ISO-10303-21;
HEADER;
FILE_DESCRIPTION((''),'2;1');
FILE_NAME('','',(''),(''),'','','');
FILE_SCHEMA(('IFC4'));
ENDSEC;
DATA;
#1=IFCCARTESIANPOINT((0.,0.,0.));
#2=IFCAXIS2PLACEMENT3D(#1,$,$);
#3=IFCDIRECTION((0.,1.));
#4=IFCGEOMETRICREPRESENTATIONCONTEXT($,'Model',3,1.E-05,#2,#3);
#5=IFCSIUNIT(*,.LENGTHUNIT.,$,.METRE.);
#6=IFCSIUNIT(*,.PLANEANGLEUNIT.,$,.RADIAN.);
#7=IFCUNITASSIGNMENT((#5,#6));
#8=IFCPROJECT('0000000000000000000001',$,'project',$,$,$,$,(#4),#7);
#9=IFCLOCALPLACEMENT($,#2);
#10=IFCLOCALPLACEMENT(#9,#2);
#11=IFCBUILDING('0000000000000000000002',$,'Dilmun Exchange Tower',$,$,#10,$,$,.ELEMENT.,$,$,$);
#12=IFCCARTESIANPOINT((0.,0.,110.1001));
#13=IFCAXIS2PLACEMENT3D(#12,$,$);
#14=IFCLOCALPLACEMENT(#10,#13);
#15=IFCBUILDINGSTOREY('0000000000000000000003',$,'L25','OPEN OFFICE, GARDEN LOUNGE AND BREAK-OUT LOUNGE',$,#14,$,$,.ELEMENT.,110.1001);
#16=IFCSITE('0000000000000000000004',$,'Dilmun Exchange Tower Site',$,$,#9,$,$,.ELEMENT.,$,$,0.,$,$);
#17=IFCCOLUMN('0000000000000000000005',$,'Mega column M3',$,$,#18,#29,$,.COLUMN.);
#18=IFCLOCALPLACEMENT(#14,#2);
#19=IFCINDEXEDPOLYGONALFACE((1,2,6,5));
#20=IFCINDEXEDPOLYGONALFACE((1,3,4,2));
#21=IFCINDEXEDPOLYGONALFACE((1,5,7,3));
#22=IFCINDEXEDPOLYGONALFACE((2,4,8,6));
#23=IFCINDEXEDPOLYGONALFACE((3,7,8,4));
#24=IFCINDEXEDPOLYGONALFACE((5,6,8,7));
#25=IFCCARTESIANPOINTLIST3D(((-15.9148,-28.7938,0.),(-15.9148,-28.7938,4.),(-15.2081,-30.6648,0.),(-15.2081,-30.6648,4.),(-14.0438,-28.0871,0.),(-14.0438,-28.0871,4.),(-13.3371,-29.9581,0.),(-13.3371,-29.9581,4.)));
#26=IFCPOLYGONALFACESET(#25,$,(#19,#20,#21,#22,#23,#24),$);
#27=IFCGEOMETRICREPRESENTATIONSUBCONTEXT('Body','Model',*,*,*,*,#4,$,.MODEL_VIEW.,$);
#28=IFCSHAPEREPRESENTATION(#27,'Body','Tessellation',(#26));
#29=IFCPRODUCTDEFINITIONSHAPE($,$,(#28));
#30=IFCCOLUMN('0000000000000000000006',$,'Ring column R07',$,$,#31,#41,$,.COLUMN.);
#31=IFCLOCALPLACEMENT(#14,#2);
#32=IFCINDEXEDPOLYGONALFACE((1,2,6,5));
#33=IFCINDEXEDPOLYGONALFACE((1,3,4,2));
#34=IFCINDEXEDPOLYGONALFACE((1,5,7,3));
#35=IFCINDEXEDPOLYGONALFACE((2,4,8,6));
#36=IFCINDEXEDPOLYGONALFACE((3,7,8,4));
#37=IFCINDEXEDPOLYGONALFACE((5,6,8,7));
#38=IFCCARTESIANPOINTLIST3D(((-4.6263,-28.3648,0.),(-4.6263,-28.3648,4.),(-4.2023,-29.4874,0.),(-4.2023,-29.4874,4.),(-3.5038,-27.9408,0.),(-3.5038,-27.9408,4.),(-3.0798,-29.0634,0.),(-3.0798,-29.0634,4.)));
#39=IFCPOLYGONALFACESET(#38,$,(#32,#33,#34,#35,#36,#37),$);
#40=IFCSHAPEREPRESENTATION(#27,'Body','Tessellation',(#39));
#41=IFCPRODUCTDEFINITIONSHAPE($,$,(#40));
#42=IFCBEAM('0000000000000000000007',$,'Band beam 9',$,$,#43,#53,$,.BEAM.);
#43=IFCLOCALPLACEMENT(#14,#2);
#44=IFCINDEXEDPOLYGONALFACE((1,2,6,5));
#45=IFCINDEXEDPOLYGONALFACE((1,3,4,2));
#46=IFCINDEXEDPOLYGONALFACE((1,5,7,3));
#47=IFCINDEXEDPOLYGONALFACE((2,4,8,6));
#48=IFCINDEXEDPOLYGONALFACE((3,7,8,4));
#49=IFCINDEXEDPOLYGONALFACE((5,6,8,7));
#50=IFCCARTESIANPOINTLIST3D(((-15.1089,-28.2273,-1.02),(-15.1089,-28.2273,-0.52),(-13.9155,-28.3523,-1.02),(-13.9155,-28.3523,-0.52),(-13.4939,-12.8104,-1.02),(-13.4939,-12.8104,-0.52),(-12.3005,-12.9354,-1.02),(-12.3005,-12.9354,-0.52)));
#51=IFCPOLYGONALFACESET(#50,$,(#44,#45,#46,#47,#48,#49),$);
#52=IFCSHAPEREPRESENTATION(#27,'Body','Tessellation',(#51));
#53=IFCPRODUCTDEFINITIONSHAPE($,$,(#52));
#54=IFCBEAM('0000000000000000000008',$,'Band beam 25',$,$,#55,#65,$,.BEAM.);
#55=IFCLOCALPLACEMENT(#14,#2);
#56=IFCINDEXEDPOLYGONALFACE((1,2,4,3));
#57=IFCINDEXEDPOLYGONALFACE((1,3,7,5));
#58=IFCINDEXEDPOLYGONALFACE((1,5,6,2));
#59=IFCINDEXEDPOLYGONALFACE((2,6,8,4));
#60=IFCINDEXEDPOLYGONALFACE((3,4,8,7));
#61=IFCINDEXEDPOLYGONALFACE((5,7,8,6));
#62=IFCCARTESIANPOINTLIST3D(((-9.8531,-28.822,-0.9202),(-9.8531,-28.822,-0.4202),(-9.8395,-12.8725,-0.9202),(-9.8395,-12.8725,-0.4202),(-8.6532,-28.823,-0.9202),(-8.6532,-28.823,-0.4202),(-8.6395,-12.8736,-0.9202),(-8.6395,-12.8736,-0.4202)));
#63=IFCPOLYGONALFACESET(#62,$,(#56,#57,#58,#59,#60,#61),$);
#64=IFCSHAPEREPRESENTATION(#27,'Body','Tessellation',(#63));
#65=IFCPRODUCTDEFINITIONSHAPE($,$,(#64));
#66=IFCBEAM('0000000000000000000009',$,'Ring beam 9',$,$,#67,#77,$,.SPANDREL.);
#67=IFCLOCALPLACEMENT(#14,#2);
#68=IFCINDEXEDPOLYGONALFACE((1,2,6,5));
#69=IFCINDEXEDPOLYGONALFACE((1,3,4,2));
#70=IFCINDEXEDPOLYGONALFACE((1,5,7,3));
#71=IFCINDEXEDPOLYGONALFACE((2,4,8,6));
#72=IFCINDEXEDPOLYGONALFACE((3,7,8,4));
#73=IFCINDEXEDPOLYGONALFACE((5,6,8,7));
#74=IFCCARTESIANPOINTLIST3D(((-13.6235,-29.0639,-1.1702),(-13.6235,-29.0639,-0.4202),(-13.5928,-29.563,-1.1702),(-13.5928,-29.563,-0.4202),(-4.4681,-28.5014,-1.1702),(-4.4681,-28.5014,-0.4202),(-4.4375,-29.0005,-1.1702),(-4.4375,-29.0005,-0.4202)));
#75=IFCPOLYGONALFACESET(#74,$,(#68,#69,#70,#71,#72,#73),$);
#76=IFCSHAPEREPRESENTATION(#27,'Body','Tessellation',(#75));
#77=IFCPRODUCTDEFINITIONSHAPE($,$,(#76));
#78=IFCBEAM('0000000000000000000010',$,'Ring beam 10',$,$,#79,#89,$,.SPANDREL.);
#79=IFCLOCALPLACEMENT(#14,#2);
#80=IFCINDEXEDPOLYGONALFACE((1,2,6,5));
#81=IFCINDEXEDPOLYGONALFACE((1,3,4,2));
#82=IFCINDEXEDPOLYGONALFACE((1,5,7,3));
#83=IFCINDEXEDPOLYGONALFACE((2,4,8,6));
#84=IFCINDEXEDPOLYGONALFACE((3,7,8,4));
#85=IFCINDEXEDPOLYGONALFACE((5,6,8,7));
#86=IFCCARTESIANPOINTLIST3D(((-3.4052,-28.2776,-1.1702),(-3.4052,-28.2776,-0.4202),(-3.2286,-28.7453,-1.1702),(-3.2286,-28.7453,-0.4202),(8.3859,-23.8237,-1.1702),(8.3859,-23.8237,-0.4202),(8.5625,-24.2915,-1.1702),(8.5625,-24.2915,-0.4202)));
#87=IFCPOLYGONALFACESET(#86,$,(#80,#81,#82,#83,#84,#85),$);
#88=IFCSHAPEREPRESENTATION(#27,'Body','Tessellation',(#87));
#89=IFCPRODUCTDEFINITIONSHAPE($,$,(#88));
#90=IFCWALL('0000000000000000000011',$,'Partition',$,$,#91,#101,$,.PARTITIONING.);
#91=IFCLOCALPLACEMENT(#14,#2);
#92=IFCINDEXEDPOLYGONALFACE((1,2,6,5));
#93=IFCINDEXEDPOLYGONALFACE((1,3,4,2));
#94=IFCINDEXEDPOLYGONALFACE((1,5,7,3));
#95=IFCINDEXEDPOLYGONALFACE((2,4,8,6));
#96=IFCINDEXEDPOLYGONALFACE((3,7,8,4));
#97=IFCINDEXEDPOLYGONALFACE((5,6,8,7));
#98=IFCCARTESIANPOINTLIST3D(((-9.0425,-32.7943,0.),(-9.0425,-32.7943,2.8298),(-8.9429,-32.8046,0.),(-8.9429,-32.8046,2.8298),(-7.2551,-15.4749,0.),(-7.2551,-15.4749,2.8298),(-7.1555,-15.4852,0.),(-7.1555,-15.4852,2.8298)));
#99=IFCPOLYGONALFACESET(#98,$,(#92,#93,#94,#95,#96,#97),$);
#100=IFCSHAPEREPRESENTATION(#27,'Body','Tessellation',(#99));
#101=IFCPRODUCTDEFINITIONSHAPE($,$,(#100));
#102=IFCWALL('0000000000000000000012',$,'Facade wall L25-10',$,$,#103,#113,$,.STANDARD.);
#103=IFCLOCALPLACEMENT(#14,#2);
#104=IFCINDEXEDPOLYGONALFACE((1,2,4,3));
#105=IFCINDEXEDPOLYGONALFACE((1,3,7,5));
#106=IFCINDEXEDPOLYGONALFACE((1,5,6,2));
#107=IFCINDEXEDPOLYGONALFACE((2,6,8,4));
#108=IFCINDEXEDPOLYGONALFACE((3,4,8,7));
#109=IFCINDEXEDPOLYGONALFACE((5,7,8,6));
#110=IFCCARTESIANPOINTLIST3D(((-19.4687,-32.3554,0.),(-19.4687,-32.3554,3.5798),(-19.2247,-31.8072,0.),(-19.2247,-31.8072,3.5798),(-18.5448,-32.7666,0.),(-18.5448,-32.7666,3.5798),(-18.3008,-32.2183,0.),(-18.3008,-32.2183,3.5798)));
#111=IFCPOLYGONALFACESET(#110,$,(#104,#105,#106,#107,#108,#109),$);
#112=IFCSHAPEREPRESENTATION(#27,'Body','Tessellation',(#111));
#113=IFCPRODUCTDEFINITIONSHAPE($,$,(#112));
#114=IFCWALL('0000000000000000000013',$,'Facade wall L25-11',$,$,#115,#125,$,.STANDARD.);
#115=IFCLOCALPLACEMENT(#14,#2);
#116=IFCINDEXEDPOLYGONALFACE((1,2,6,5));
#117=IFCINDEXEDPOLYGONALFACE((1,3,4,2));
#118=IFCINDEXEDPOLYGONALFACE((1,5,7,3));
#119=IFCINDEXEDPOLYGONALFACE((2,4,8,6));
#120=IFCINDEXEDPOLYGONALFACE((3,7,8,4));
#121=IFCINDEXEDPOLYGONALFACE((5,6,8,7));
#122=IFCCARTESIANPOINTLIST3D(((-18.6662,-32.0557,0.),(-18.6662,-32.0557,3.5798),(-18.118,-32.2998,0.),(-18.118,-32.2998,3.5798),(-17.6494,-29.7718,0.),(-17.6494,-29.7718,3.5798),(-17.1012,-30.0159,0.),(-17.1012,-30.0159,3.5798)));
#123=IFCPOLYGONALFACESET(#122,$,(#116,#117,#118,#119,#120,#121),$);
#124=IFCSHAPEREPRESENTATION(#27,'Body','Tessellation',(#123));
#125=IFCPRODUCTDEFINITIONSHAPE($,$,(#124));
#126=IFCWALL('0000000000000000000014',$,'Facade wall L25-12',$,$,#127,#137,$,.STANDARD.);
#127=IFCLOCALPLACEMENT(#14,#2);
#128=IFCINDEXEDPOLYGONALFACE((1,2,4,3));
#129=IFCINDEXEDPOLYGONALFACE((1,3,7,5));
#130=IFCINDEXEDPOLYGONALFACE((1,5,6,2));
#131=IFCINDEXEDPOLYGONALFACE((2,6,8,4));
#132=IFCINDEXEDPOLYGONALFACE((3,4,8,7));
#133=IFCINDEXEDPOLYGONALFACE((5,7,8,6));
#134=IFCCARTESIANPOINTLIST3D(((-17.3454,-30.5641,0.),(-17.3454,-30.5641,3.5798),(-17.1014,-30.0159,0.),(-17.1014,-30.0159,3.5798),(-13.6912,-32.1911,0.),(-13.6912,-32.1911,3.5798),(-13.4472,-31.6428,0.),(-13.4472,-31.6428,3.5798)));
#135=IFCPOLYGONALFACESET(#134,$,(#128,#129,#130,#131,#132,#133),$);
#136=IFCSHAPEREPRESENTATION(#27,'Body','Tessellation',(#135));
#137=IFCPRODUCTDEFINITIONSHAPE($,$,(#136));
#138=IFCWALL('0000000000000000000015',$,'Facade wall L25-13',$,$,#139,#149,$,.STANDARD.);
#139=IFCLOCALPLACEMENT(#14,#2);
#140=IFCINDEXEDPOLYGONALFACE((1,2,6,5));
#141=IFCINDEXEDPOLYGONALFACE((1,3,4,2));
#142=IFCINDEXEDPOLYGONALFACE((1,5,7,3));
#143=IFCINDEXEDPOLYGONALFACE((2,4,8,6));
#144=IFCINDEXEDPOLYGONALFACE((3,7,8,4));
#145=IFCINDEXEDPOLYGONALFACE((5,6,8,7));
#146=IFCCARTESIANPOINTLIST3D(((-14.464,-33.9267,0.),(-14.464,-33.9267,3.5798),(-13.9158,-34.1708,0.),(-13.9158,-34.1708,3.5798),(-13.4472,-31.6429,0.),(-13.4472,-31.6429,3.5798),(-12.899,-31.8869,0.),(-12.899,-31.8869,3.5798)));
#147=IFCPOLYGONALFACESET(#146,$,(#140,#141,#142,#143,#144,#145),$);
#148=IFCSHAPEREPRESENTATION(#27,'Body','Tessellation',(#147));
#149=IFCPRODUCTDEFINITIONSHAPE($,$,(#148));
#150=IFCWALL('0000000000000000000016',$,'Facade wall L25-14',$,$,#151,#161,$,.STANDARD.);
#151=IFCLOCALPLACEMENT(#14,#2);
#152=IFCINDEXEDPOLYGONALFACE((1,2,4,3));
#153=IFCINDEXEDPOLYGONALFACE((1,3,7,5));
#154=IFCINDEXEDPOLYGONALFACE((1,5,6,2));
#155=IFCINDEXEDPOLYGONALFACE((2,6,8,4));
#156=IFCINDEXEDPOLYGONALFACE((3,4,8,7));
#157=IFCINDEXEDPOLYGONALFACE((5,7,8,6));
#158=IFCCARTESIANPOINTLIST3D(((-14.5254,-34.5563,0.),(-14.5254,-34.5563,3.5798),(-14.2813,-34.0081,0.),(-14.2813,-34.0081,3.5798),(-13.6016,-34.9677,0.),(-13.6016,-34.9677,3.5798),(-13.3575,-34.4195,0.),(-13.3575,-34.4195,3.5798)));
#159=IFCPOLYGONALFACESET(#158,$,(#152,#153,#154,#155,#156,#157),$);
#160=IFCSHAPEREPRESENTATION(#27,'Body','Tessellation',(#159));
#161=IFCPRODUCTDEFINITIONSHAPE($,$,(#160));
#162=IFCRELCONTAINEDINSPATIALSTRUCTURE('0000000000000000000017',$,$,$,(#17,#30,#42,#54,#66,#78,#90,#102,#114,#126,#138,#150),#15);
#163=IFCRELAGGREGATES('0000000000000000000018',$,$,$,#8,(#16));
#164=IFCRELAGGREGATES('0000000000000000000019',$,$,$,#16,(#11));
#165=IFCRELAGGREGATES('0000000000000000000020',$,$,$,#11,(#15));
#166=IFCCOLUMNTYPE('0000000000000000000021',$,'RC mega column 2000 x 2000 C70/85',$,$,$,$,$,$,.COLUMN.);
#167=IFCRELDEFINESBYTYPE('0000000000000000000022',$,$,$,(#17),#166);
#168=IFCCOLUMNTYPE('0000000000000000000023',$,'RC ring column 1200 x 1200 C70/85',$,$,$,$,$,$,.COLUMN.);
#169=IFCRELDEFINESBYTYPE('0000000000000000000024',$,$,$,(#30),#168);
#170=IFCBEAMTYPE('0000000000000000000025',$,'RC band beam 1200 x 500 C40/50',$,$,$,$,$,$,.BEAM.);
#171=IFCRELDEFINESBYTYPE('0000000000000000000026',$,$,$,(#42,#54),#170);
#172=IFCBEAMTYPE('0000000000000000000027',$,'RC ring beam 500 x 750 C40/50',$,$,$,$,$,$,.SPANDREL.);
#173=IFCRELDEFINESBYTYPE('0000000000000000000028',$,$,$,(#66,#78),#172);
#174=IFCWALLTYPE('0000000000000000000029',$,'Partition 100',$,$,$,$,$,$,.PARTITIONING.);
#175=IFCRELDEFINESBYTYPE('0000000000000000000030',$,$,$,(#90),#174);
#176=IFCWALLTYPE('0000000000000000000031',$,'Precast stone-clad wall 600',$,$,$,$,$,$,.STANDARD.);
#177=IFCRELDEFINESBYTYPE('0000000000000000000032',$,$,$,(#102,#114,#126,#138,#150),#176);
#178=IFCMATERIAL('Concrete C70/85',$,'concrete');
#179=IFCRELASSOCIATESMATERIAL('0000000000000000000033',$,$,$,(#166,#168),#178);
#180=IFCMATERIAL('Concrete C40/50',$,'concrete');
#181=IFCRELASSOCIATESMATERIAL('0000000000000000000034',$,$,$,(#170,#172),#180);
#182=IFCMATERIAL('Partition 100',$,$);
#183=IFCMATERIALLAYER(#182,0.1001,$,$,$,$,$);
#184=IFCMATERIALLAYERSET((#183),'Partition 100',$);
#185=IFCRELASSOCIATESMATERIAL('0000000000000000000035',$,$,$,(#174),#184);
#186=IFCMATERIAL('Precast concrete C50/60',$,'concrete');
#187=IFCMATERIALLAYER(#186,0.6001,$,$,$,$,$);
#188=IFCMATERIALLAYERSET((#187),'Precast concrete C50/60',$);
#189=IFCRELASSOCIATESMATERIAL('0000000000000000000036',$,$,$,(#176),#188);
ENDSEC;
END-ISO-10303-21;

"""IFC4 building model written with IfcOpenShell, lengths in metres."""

from ifc_helpers import new_model, si_unit, direction, frame, frame_2d, origin, origin_2d, place, context, subcontext, project, spatial, rectangle, extrude, material, layer, layer_set, material_profile, profile_set, type_object, element, save


model = new_model("IFC4")

# Units and contexts
model_context = context("Model", 3, precision=1e-05, world=origin(), true_north=direction((0.0, 1.0)))
body_context = subcontext(model_context, "Body", "Model", "MODEL_VIEW")
ifc_project = project(units=[si_unit("LENGTHUNIT", "METRE"), si_unit("PLANEANGLEUNIT", "RADIAN")], contexts=[model_context])

# Site, building, storey
site_placement = place(None, origin())
site = spatial("IfcSite", under=ifc_project, at=site_placement, Name="Dilmun Exchange Tower Site", CompositionType="ELEMENT", RefElevation=0.0)
building_placement = place(site_placement, origin())
building = spatial("IfcBuilding", under=site, at=building_placement, Name="Dilmun Exchange Tower", CompositionType="ELEMENT")
storey_placement = place(building_placement, frame((0.0, 0.0, 110.1001)))
storey = spatial("IfcBuildingStorey", under=building, at=storey_placement, Name="L25", Description="OPEN OFFICE, GARDEN LOUNGE AND BREAK-OUT LOUNGE", CompositionType="ELEMENT", Elevation=110.1001)

# Columns
ifc_material_1 = material(Name="Concrete C70/85", Category="concrete")
ifc_material_profile_1 = material_profile(ifc_material_1, rectangle(XDim=2.0, YDim=2.0, at=origin_2d()), Name="2000 x 2000")
ifc_profile_set_1 = profile_set([ifc_material_profile_1], Name="Concrete C70/85")
column_type_1 = type_object("IfcColumnType", Name="RC mega column 2000 x 2000 C70/85", PredefinedType="COLUMN", material=ifc_profile_set_1)
column_1_placement = place(storey_placement, frame((-14.626, -29.376, 0.0), z_axis=(0.0, 0.0, 1.0), x_axis=(0.935492, 0.353349, 0.0)))
element("IfcColumn", 1, at=column_1_placement, inside=storey, type_object=column_type_1, Name="Mega column M3", PredefinedType="COLUMN", context=body_context, shape_type="SweptSolid", body=[
    extrude(rectangle(XDim=2.0, YDim=2.0, at=origin_2d()), origin(), (0.0, 0.0, 1.0), 4.0),
])
ifc_material_profile_2 = material_profile(ifc_material_1, rectangle(XDim=1.2, YDim=1.2, at=origin_2d()), Name="1200 x 1200")
ifc_profile_set_2 = profile_set([ifc_material_profile_2], Name="Concrete C70/85")
column_type_2 = type_object("IfcColumnType", Name="RC ring column 1200 x 1200 C70/85", PredefinedType="COLUMN", material=ifc_profile_set_2)
column_2_placement = place(storey_placement, frame((-3.853, -28.7141, 0.0), z_axis=(0.0, 0.0, 1.0), x_axis=(0.935492, 0.353349, 0.0)))
element("IfcColumn", 2, at=column_2_placement, inside=storey, type_object=column_type_2, Name="Ring column R07", PredefinedType="COLUMN", context=body_context, shape_type="SweptSolid", body=[
    extrude(rectangle(XDim=1.2, YDim=1.2, at=origin_2d()), origin(), (0.0, 0.0, 1.0), 4.0),
])

# Beams
ifc_material_2 = material(Name="Concrete C40/50", Category="concrete")
ifc_material_profile_3 = material_profile(ifc_material_2, rectangle(XDim=1.2, YDim=0.5, at=origin_2d()), Name="1200 x 500")
ifc_profile_set_3 = profile_set([ifc_material_profile_3], Name="Concrete C40/50")
beam_type_1 = type_object("IfcBeamType", Name="RC band beam 1200 x 500 C40/50", PredefinedType="BEAM", material=ifc_profile_set_3)
beam_1_placement = place(storey_placement, frame((-14.5122, -28.2898, -0.77), z_axis=(0.104185, 0.994558, 0.0), x_axis=(-0.994558, 0.104185, 0.0)))
element("IfcBeam", 3, at=beam_1_placement, inside=storey, type_object=beam_type_1, Name="Band beam 9", PredefinedType="BEAM", context=body_context, shape_type="SweptSolid", body=[
    extrude(rectangle(XDim=1.2, YDim=0.5, at=origin_2d()), origin(), (0.0, 0.0, 1.0), 15.5012),
])
beam_2_placement = place(storey_placement, frame((-9.2532, -28.8225, -0.6702), z_axis=(0.000857, 1.0, 0.0), x_axis=(-1.0, 0.000857, 0.0)))
element("IfcBeam", 4, at=beam_2_placement, inside=storey, type_object=beam_type_1, Name="Band beam 25", PredefinedType="BEAM", context=body_context, shape_type="SweptSolid", body=[
    extrude(rectangle(XDim=1.2, YDim=0.5, at=origin_2d()), origin(), (0.0, 0.0, 1.0), 15.9495),
])
ifc_material_profile_4 = material_profile(ifc_material_2, rectangle(XDim=0.5, YDim=0.75, at=origin_2d()), Name="500 x 750")
ifc_profile_set_4 = profile_set([ifc_material_profile_4], Name="Concrete C40/50")
beam_type_2 = type_object("IfcBeamType", Name="RC ring beam 500 x 750 C40/50", PredefinedType="SPANDREL", material=ifc_profile_set_4)
beam_3_placement = place(storey_placement, frame((-13.6082, -29.3135, -0.7952), z_axis=(0.998118, 0.061324, 0.0), x_axis=(-0.061324, 0.998118, 0.0)))
element("IfcBeam", 5, at=beam_3_placement, inside=storey, type_object=beam_type_2, Name="Ring beam 9", PredefinedType="SPANDREL", context=body_context, shape_type="SweptSolid", body=[
    extrude(rectangle(XDim=0.5, YDim=0.75, at=origin_2d()), origin(), (0.0, 0.0, 1.0), 9.1726),
])
beam_4_placement = place(storey_placement, frame((-3.3169, -28.5115, -0.7952), z_axis=(0.935486, 0.353364, 0.0), x_axis=(-0.353364, 0.935486, 0.0)))
element("IfcBeam", 6, at=beam_4_placement, inside=storey, type_object=beam_type_2, Name="Ring beam 10", PredefinedType="SPANDREL", context=body_context, shape_type="SweptSolid", body=[
    extrude(rectangle(XDim=0.5, YDim=0.75, at=origin_2d()), origin(), (0.0, 0.0, 1.0), 12.6042),
])

# Walls
ifc_material_3 = material(Name="Partition 100")
ifc_layer_1 = layer(ifc_material_3, 0.1001)
ifc_layer_set_1 = layer_set([ifc_layer_1], Name="Partition 100")
wall_type_1 = type_object("IfcWallType", Name="Partition 100", PredefinedType="PARTITIONING", material=ifc_layer_set_1)
wall_1_placement = place(storey_placement, frame((-8.9927, -32.7993, 0.0), z_axis=(0.0, 0.0, 1.0), x_axis=(0.102655, 0.994717, 0.0)))
element("IfcWall", 7, at=wall_1_placement, inside=storey, type_object=wall_type_1, Name="Partition", PredefinedType="PARTITIONING", context=body_context, shape_type="SweptSolid", body=[
    extrude(rectangle(XDim=17.4114, YDim=0.1001, at=frame_2d((8.7056, 0.0))), origin(), (0.0, 0.0, 1.0), 2.8298),
])
ifc_material_4 = material(Name="Precast concrete C50/60", Category="concrete")
ifc_layer_2 = layer(ifc_material_4, 0.6001)
ifc_layer_set_2 = layer_set([ifc_layer_2], Name="Precast concrete C50/60")
wall_type_2 = type_object("IfcWallType", Name="Precast stone-clad wall 600", PredefinedType="STANDARD", material=ifc_layer_set_2)
wall_2_placement = place(storey_placement, frame((-19.3467, -32.0813, 0.0), z_axis=(0.0, 0.0, 1.0), x_axis=(0.913612, -0.406586, 0.0)))
element("IfcWall", 8, at=wall_2_placement, inside=storey, type_object=wall_type_2, Name="Facade wall L25-10", PredefinedType="STANDARD", context=body_context, shape_type="SweptSolid", body=[
    extrude(rectangle(XDim=1.0112, YDim=0.6001, at=frame_2d((0.5056, 0.0))), origin(), (0.0, 0.0, 1.0), 3.5798),
])
wall_3_placement = place(storey_placement, frame((-18.3921, -32.1777, 0.0), z_axis=(0.0, 0.0, 1.0), x_axis=(0.406727, 0.91355, 0.0)))
element("IfcWall", 9, at=wall_3_placement, inside=storey, type_object=wall_type_2, Name="Facade wall L25-11", PredefinedType="STANDARD", context=body_context, shape_type="SweptSolid", body=[
    extrude(rectangle(XDim=2.5, YDim=0.6001, at=frame_2d((1.25, 0.0))), origin(), (0.0, 0.0, 1.0), 3.5798),
])
wall_4_placement = place(storey_placement, frame((-17.2234, -30.29, 0.0), z_axis=(0.0, 0.0, 1.0), x_axis=(0.91355, -0.406727, 0.0)))
element("IfcWall", 10, at=wall_4_placement, inside=storey, type_object=wall_type_2, Name="Facade wall L25-12", PredefinedType="STANDARD", context=body_context, shape_type="SweptSolid", body=[
    extrude(rectangle(XDim=4.0, YDim=0.6001, at=frame_2d((2.0, 0.0))), origin(), (0.0, 0.0, 1.0), 3.5798),
])
wall_5_placement = place(storey_placement, frame((-13.1731, -31.7649, 0.0), z_axis=(0.0, 0.0, 1.0), x_axis=(-0.406727, -0.91355, 0.0)))
element("IfcWall", 11, at=wall_5_placement, inside=storey, type_object=wall_type_2, Name="Facade wall L25-13", PredefinedType="STANDARD", context=body_context, shape_type="SweptSolid", body=[
    extrude(rectangle(XDim=2.5, YDim=0.6001, at=frame_2d((1.25, 0.0))), origin(), (0.0, 0.0, 1.0), 3.5798),
])
wall_6_placement = place(storey_placement, frame((-14.4033, -34.2822, 0.0), z_axis=(0.0, 0.0, 1.0), x_axis=(0.913523, -0.406788, 0.0)))
element("IfcWall", 12, at=wall_6_placement, inside=storey, type_object=wall_type_2, Name="Facade wall L25-14", PredefinedType="STANDARD", context=body_context, shape_type="SweptSolid", body=[
    extrude(rectangle(XDim=1.0112, YDim=0.6001, at=frame_2d((0.5056, 0.0))), origin(), (0.0, 0.0, 1.0), 3.5798),
])

save(model, "model.ifc")
